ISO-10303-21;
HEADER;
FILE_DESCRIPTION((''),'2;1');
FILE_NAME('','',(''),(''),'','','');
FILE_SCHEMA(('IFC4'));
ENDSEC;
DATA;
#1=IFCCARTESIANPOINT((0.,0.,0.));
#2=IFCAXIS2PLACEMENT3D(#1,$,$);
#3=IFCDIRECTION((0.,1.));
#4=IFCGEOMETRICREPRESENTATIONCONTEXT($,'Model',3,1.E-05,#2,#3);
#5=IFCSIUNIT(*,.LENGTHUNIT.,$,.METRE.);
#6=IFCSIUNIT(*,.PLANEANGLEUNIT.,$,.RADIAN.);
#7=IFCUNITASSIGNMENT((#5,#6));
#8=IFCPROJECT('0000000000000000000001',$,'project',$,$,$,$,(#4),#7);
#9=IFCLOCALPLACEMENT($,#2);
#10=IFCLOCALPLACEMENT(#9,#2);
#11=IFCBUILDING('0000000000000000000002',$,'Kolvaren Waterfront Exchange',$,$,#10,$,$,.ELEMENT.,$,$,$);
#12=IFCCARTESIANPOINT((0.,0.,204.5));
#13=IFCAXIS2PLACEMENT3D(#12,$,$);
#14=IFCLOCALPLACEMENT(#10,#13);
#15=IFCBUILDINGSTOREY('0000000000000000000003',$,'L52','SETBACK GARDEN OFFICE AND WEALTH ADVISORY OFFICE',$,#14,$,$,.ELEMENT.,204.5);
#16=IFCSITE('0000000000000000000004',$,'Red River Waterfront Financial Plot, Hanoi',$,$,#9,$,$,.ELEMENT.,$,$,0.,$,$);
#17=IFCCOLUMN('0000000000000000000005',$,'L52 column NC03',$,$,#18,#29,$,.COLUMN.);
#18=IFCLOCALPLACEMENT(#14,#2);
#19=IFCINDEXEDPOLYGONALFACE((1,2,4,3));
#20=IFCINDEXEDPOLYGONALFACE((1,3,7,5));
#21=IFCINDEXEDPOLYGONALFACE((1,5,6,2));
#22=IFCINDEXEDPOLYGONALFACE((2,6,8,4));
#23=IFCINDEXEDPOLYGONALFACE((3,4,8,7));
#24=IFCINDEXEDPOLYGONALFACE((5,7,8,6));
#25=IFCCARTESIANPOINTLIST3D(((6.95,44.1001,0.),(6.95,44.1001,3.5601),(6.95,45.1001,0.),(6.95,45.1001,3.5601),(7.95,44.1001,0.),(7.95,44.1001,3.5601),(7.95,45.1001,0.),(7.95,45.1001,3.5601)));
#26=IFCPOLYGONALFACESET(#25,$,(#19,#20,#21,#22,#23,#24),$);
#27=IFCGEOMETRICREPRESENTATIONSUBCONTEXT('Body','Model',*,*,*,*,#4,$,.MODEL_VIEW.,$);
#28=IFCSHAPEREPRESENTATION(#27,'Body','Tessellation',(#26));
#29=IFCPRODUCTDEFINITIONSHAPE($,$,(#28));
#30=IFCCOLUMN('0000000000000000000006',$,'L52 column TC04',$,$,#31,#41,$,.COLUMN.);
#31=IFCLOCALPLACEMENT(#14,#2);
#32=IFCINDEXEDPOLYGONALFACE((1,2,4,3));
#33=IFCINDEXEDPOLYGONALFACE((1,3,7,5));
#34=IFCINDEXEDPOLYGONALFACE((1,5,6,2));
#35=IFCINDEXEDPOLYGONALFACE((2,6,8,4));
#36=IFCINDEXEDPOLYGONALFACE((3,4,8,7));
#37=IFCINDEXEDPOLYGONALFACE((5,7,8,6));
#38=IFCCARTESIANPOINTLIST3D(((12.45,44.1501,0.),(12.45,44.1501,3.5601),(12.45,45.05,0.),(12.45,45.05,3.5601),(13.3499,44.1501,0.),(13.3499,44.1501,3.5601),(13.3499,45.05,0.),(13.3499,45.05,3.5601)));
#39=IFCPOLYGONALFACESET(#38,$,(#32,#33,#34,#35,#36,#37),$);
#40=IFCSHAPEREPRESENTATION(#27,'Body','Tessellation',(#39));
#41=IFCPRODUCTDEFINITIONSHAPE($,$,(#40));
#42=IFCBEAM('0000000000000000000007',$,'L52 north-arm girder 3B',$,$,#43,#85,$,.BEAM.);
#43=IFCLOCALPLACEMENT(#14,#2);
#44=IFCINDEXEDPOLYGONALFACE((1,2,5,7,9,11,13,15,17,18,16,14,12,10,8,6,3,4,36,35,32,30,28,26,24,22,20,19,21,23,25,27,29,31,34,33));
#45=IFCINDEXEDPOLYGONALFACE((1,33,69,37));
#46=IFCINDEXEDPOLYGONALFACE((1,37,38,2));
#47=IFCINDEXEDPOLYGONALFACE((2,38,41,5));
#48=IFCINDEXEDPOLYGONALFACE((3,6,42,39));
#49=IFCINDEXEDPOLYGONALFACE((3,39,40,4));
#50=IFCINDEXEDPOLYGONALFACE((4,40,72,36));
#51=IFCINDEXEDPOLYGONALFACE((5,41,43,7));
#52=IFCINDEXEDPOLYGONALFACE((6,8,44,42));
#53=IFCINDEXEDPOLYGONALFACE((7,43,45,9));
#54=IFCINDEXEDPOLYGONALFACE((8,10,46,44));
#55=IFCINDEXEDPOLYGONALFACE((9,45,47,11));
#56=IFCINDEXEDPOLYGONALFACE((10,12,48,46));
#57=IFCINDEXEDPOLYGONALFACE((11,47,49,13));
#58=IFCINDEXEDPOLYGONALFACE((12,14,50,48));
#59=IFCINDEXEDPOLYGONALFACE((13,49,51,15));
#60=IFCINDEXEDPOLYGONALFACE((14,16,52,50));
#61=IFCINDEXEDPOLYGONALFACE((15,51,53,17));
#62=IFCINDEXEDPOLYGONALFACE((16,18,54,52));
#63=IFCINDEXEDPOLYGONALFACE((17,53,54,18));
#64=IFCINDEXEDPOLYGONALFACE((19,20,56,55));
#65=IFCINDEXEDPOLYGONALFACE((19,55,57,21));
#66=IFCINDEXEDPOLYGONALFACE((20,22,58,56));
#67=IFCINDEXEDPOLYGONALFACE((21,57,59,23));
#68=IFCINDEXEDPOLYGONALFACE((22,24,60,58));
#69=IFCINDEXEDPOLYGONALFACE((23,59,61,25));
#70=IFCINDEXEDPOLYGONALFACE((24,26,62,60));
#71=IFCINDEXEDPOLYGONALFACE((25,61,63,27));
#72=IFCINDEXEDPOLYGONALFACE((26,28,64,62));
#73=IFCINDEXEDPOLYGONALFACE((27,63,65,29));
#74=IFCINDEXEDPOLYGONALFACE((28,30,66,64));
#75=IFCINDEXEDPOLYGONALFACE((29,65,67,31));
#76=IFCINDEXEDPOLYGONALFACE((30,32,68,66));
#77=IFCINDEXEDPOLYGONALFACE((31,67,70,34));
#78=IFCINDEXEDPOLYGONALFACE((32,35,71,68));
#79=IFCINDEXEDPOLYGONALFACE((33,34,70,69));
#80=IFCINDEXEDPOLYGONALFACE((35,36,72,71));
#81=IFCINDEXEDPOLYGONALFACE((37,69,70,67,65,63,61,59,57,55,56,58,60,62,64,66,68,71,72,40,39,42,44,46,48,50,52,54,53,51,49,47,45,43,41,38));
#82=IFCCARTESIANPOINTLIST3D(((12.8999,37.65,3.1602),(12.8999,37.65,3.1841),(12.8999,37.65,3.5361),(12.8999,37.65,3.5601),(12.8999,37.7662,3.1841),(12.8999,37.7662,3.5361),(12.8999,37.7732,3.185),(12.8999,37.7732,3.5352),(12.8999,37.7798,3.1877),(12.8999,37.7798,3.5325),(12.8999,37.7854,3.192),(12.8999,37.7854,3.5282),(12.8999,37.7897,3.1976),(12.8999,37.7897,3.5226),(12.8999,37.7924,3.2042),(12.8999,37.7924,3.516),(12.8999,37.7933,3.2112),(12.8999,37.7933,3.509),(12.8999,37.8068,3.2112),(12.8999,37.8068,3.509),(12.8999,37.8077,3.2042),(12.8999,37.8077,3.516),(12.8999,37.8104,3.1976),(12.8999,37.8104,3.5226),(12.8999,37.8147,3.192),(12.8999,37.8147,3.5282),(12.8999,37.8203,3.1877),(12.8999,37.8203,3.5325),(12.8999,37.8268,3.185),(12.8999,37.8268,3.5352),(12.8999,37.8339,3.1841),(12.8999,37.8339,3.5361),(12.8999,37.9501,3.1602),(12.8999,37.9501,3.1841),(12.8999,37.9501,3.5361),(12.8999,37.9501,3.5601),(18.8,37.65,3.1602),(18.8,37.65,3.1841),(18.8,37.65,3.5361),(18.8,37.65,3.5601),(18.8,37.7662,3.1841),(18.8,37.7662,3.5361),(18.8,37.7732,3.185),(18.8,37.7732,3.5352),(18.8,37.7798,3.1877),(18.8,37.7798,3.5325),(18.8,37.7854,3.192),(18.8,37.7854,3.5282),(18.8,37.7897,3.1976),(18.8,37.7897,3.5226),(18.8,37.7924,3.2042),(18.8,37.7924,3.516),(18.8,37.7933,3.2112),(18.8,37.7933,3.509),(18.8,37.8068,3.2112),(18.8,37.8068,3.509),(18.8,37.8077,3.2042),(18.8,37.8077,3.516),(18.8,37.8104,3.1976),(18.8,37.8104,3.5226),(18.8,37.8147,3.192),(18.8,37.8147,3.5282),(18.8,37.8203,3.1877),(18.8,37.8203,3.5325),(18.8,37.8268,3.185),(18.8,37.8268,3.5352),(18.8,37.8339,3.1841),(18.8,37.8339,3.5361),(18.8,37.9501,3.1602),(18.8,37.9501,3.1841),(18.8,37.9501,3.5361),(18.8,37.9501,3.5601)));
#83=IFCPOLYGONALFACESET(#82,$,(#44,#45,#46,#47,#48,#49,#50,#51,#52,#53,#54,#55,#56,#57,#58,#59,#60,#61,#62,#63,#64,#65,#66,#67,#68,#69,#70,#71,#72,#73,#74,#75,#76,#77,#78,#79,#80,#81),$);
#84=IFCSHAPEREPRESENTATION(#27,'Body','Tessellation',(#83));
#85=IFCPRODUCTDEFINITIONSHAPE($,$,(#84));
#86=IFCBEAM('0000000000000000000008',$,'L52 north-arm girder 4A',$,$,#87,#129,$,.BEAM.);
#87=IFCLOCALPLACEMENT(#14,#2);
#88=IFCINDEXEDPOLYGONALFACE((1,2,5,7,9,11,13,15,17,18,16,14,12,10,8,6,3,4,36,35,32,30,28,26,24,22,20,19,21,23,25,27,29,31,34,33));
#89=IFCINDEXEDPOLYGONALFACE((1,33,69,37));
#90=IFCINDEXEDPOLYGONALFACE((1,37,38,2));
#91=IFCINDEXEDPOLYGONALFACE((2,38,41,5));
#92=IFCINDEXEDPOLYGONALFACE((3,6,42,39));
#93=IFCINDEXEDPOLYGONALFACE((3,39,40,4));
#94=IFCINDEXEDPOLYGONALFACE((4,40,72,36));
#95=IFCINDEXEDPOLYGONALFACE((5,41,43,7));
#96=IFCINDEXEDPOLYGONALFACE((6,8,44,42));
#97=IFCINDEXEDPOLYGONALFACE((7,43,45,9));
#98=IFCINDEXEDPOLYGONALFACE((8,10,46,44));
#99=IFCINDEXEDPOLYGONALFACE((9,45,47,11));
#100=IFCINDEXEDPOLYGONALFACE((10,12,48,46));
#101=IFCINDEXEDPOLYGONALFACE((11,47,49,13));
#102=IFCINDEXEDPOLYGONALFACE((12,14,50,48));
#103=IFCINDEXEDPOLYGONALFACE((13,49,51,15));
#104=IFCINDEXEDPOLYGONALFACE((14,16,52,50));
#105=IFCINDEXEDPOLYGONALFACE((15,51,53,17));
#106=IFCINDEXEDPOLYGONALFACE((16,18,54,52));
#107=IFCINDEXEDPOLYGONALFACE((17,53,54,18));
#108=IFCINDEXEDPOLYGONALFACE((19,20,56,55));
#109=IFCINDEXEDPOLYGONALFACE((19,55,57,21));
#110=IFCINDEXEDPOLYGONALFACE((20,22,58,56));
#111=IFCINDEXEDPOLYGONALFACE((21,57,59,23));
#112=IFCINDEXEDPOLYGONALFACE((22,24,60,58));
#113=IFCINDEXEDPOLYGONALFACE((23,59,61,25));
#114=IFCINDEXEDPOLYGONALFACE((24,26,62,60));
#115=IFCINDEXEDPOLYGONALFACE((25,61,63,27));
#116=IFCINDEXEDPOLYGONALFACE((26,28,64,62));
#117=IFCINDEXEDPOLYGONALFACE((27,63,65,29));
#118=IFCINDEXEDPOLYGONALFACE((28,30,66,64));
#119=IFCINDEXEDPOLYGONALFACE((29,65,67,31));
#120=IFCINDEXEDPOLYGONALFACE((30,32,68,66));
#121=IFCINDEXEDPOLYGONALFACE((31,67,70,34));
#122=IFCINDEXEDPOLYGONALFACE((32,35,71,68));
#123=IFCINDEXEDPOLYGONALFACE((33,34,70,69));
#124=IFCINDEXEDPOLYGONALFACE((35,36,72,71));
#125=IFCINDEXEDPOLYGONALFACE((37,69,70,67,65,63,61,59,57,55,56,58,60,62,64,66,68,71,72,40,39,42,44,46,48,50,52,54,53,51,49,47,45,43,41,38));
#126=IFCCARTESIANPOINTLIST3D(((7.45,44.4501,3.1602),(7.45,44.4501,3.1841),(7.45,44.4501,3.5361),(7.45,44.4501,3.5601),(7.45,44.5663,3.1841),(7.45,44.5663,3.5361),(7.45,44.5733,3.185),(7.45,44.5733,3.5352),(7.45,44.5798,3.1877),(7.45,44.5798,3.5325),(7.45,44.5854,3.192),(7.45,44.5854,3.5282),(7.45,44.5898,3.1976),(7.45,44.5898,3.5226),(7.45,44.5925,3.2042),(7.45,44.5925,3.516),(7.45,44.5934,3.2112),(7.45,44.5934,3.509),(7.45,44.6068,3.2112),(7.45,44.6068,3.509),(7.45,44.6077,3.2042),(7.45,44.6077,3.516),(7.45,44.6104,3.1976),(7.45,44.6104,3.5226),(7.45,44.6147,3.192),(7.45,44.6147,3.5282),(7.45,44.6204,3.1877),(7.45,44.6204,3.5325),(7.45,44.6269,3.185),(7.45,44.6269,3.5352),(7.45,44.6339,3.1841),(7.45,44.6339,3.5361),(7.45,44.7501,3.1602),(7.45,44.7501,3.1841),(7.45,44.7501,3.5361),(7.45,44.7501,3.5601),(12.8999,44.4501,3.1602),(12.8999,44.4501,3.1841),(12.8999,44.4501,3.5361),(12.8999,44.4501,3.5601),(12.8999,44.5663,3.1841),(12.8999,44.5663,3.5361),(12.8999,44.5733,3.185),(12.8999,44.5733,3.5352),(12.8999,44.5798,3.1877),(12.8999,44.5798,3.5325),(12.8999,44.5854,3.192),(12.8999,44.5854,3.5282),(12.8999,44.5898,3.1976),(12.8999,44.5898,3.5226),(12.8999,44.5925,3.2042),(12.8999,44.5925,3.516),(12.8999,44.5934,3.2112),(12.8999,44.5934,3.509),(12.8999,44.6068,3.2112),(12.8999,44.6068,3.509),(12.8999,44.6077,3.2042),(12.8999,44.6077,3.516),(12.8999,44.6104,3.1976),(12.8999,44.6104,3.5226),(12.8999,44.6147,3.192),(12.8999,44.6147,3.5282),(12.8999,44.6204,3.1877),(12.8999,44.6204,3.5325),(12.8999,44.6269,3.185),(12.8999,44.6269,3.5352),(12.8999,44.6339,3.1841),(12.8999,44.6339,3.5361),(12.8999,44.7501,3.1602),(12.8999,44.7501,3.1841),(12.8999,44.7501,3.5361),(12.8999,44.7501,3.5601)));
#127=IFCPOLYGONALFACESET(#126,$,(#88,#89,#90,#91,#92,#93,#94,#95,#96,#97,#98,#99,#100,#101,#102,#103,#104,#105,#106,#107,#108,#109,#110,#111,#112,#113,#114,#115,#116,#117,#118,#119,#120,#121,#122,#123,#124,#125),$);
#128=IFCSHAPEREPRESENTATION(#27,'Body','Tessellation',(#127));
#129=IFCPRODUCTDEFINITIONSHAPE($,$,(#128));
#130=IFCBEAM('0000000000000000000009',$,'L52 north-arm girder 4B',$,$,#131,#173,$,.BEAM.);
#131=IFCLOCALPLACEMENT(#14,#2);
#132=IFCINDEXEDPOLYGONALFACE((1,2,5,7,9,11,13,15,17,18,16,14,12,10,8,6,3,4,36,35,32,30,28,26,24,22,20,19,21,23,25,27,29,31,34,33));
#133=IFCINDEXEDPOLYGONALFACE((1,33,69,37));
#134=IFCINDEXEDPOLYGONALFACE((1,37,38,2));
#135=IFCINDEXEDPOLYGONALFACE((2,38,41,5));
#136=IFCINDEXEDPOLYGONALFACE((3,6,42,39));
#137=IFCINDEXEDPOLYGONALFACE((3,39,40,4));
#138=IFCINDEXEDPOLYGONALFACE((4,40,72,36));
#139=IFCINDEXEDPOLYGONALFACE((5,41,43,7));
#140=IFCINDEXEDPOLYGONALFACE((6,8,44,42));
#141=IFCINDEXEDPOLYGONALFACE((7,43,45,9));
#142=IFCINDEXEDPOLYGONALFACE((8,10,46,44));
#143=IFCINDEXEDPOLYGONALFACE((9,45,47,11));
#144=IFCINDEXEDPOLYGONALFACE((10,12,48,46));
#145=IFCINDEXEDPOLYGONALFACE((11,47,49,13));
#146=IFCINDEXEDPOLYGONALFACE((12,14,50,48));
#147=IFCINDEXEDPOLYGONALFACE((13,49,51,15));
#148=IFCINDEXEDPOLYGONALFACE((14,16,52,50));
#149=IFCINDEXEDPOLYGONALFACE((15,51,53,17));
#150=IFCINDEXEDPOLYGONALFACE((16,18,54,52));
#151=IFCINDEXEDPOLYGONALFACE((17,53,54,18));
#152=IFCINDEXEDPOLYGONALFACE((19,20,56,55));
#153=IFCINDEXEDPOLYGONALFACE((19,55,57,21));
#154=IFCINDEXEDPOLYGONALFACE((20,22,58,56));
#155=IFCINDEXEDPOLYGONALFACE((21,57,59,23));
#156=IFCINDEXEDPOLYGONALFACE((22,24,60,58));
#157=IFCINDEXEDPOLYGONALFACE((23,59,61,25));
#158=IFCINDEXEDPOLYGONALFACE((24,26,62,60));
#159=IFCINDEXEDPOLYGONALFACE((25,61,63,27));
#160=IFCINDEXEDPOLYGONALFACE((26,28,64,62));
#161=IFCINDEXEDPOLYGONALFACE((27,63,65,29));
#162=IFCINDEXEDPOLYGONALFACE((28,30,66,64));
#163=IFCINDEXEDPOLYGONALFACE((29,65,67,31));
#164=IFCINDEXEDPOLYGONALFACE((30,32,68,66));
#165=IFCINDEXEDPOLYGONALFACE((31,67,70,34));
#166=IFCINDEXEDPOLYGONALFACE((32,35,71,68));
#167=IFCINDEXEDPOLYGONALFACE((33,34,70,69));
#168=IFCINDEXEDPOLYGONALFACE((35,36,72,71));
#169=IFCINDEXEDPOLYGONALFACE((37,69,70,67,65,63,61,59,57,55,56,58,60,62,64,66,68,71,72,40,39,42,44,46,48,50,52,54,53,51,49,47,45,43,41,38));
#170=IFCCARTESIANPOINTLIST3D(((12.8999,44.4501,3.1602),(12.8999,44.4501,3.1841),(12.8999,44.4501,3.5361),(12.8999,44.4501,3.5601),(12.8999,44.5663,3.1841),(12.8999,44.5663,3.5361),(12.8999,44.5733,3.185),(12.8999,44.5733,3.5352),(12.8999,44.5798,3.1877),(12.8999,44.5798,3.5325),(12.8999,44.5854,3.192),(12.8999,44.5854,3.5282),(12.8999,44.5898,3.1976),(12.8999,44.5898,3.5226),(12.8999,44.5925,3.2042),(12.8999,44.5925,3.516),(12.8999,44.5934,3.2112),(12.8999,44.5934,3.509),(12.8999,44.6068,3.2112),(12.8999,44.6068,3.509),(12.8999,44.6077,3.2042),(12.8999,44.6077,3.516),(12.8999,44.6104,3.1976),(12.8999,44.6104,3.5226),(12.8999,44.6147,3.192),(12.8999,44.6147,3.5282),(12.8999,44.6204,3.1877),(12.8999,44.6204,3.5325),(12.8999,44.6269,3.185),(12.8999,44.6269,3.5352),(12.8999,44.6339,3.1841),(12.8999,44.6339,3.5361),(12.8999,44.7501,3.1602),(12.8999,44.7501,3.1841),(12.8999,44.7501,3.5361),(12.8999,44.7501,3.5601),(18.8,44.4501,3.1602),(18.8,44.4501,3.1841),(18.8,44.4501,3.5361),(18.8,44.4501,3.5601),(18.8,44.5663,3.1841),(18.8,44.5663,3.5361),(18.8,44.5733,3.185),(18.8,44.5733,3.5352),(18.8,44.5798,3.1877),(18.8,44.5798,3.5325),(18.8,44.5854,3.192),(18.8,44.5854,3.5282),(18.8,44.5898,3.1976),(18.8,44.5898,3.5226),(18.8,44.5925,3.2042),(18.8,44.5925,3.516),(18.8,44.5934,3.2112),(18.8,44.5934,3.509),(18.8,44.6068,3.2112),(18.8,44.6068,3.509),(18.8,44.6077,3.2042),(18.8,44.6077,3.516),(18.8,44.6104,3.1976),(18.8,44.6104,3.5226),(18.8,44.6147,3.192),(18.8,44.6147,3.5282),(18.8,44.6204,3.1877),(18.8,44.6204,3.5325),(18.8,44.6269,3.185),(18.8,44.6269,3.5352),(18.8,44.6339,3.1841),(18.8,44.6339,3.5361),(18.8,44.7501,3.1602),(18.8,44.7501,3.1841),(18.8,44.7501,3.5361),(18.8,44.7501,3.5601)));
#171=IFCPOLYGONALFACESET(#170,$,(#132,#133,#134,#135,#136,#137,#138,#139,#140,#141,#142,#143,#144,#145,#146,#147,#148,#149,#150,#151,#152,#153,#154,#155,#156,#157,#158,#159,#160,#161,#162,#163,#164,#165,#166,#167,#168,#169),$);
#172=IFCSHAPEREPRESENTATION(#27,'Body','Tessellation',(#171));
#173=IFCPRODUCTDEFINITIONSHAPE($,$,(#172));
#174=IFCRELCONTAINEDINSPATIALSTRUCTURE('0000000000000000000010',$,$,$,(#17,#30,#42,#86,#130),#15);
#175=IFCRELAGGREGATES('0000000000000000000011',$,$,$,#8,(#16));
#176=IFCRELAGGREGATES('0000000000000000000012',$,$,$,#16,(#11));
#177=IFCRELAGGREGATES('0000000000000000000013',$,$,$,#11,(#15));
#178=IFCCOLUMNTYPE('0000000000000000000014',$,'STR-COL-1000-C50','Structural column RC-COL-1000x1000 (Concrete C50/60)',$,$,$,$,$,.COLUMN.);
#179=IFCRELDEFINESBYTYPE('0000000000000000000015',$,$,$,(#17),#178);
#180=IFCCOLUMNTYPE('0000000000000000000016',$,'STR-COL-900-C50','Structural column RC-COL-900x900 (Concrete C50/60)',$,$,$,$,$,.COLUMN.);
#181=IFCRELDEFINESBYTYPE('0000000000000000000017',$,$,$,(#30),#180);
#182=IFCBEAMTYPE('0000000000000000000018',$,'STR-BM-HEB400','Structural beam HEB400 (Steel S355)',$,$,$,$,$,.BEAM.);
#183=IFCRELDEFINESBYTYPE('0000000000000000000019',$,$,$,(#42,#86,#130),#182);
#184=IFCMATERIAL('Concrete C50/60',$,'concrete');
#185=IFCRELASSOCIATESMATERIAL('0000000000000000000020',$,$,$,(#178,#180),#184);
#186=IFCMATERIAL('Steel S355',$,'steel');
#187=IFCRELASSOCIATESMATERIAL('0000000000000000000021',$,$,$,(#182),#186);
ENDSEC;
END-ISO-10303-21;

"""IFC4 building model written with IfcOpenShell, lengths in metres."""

from ifc_helpers import new_model, si_unit, direction, frame, origin, origin_2d, place, context, subcontext, project, spatial, rectangle, i_section, extrude, material, material_profile, profile_set, type_object, element, save


model = new_model("IFC4")

# Units and contexts
model_context = context("Model", 3, precision=1e-05, world=origin(), true_north=direction((0.0, 1.0)))
body_context = subcontext(model_context, "Body", "Model", "MODEL_VIEW")
ifc_project = project(units=[si_unit("LENGTHUNIT", "METRE"), si_unit("PLANEANGLEUNIT", "RADIAN")], contexts=[model_context])

# Site, building, storey
site_placement = place(None, origin())
site = spatial("IfcSite", under=ifc_project, at=site_placement, Name="Red River Waterfront Financial Plot, Hanoi", CompositionType="ELEMENT", RefElevation=0.0)
building_placement = place(site_placement, origin())
building = spatial("IfcBuilding", under=site, at=building_placement, Name="Kolvaren Waterfront Exchange", CompositionType="ELEMENT")
storey_placement = place(building_placement, frame((0.0, 0.0, 204.5)))
storey = spatial("IfcBuildingStorey", under=building, at=storey_placement, Name="L52", Description="SETBACK GARDEN OFFICE AND WEALTH ADVISORY OFFICE", CompositionType="ELEMENT", Elevation=204.5)

# Columns
ifc_material_1 = material(Name="Concrete C50/60", Category="concrete")
ifc_material_profile_1 = material_profile(ifc_material_1, rectangle(XDim=1.0, YDim=1.0, at=origin_2d()), Name="RC-COL-1000x1000")
ifc_profile_set_1 = profile_set([ifc_material_profile_1], Name="Concrete C50/60")
column_type_1 = type_object("IfcColumnType", Name="STR-COL-1000-C50", Description="Structural column RC-COL-1000x1000 (Concrete C50/60)", PredefinedType="COLUMN", material=ifc_profile_set_1)
column_1_placement = place(storey_placement, frame((7.45, 44.6001, 0.0), z_axis=(0.0, 0.0, 1.0), x_axis=(1.0, 0.0, 0.0)))
element("IfcColumn", 1, at=column_1_placement, inside=storey, type_object=column_type_1, Name="L52 column NC03", PredefinedType="COLUMN", context=body_context, shape_type="SweptSolid", body=[
    extrude(rectangle(XDim=1.0, YDim=1.0, at=origin_2d()), origin(), (0.0, 0.0, 1.0), 3.5601),
])
ifc_material_profile_2 = material_profile(ifc_material_1, rectangle(XDim=0.8999, YDim=0.8999, at=origin_2d()), Name="RC-COL-900x900")
ifc_profile_set_2 = profile_set([ifc_material_profile_2], Name="Concrete C50/60")
column_type_2 = type_object("IfcColumnType", Name="STR-COL-900-C50", Description="Structural column RC-COL-900x900 (Concrete C50/60)", PredefinedType="COLUMN", material=ifc_profile_set_2)
column_2_placement = place(storey_placement, frame((12.8999, 44.6001, 0.0), z_axis=(0.0, 0.0, 1.0), x_axis=(1.0, 0.0, 0.0)))
element("IfcColumn", 2, at=column_2_placement, inside=storey, type_object=column_type_2, Name="L52 column TC04", PredefinedType="COLUMN", context=body_context, shape_type="SweptSolid", body=[
    extrude(rectangle(XDim=0.8999, YDim=0.8999, at=origin_2d()), origin(), (0.0, 0.0, 1.0), 3.5601),
])

# Beams
ifc_material_2 = material(Name="Steel S355", Category="steel")
ifc_material_profile_3 = material_profile(ifc_material_2, i_section(OverallWidth=0.3, OverallDepth=0.3999, WebThickness=0.0134, FlangeThickness=0.0239, FilletRadius=0.0271, at=origin_2d()), Name="HEB400")
ifc_profile_set_3 = profile_set([ifc_material_profile_3], Name="Steel S355")
beam_type_1 = type_object("IfcBeamType", Name="STR-BM-HEB400", Description="Structural beam HEB400 (Steel S355)", PredefinedType="BEAM", material=ifc_profile_set_3)
beam_1_placement = place(storey_placement, frame((12.8999, 37.8, 3.3601), z_axis=(1.0, 0.0, 0.0), x_axis=(0.0, 1.0, 0.0)))
element("IfcBeam", 3, at=beam_1_placement, inside=storey, type_object=beam_type_1, Name="L52 north-arm girder 3B", PredefinedType="BEAM", context=body_context, shape_type="SweptSolid", body=[
    extrude(i_section(OverallWidth=0.3, OverallDepth=0.3999, WebThickness=0.0134, FlangeThickness=0.0239, FilletRadius=0.0271, at=origin_2d()), origin(), (0.0, 0.0, 1.0), 5.9001),
])
beam_2_placement = place(storey_placement, frame((7.45, 44.6001, 3.3601), z_axis=(1.0, 0.0, 0.0), x_axis=(0.0, 1.0, 0.0)))
element("IfcBeam", 4, at=beam_2_placement, inside=storey, type_object=beam_type_1, Name="L52 north-arm girder 4A", PredefinedType="BEAM", context=body_context, shape_type="SweptSolid", body=[
    extrude(i_section(OverallWidth=0.3, OverallDepth=0.3999, WebThickness=0.0134, FlangeThickness=0.0239, FilletRadius=0.0271, at=origin_2d()), origin(), (0.0, 0.0, 1.0), 5.45),
])
beam_3_placement = place(storey_placement, frame((12.8999, 44.6001, 3.3601), z_axis=(1.0, 0.0, 0.0), x_axis=(0.0, 1.0, 0.0)))
element("IfcBeam", 5, at=beam_3_placement, inside=storey, type_object=beam_type_1, Name="L52 north-arm girder 4B", PredefinedType="BEAM", context=body_context, shape_type="SweptSolid", body=[
    extrude(i_section(OverallWidth=0.3, OverallDepth=0.3999, WebThickness=0.0134, FlangeThickness=0.0239, FilletRadius=0.0271, at=origin_2d()), origin(), (0.0, 0.0, 1.0), 5.9001),
])

save(model, "model.ifc")
